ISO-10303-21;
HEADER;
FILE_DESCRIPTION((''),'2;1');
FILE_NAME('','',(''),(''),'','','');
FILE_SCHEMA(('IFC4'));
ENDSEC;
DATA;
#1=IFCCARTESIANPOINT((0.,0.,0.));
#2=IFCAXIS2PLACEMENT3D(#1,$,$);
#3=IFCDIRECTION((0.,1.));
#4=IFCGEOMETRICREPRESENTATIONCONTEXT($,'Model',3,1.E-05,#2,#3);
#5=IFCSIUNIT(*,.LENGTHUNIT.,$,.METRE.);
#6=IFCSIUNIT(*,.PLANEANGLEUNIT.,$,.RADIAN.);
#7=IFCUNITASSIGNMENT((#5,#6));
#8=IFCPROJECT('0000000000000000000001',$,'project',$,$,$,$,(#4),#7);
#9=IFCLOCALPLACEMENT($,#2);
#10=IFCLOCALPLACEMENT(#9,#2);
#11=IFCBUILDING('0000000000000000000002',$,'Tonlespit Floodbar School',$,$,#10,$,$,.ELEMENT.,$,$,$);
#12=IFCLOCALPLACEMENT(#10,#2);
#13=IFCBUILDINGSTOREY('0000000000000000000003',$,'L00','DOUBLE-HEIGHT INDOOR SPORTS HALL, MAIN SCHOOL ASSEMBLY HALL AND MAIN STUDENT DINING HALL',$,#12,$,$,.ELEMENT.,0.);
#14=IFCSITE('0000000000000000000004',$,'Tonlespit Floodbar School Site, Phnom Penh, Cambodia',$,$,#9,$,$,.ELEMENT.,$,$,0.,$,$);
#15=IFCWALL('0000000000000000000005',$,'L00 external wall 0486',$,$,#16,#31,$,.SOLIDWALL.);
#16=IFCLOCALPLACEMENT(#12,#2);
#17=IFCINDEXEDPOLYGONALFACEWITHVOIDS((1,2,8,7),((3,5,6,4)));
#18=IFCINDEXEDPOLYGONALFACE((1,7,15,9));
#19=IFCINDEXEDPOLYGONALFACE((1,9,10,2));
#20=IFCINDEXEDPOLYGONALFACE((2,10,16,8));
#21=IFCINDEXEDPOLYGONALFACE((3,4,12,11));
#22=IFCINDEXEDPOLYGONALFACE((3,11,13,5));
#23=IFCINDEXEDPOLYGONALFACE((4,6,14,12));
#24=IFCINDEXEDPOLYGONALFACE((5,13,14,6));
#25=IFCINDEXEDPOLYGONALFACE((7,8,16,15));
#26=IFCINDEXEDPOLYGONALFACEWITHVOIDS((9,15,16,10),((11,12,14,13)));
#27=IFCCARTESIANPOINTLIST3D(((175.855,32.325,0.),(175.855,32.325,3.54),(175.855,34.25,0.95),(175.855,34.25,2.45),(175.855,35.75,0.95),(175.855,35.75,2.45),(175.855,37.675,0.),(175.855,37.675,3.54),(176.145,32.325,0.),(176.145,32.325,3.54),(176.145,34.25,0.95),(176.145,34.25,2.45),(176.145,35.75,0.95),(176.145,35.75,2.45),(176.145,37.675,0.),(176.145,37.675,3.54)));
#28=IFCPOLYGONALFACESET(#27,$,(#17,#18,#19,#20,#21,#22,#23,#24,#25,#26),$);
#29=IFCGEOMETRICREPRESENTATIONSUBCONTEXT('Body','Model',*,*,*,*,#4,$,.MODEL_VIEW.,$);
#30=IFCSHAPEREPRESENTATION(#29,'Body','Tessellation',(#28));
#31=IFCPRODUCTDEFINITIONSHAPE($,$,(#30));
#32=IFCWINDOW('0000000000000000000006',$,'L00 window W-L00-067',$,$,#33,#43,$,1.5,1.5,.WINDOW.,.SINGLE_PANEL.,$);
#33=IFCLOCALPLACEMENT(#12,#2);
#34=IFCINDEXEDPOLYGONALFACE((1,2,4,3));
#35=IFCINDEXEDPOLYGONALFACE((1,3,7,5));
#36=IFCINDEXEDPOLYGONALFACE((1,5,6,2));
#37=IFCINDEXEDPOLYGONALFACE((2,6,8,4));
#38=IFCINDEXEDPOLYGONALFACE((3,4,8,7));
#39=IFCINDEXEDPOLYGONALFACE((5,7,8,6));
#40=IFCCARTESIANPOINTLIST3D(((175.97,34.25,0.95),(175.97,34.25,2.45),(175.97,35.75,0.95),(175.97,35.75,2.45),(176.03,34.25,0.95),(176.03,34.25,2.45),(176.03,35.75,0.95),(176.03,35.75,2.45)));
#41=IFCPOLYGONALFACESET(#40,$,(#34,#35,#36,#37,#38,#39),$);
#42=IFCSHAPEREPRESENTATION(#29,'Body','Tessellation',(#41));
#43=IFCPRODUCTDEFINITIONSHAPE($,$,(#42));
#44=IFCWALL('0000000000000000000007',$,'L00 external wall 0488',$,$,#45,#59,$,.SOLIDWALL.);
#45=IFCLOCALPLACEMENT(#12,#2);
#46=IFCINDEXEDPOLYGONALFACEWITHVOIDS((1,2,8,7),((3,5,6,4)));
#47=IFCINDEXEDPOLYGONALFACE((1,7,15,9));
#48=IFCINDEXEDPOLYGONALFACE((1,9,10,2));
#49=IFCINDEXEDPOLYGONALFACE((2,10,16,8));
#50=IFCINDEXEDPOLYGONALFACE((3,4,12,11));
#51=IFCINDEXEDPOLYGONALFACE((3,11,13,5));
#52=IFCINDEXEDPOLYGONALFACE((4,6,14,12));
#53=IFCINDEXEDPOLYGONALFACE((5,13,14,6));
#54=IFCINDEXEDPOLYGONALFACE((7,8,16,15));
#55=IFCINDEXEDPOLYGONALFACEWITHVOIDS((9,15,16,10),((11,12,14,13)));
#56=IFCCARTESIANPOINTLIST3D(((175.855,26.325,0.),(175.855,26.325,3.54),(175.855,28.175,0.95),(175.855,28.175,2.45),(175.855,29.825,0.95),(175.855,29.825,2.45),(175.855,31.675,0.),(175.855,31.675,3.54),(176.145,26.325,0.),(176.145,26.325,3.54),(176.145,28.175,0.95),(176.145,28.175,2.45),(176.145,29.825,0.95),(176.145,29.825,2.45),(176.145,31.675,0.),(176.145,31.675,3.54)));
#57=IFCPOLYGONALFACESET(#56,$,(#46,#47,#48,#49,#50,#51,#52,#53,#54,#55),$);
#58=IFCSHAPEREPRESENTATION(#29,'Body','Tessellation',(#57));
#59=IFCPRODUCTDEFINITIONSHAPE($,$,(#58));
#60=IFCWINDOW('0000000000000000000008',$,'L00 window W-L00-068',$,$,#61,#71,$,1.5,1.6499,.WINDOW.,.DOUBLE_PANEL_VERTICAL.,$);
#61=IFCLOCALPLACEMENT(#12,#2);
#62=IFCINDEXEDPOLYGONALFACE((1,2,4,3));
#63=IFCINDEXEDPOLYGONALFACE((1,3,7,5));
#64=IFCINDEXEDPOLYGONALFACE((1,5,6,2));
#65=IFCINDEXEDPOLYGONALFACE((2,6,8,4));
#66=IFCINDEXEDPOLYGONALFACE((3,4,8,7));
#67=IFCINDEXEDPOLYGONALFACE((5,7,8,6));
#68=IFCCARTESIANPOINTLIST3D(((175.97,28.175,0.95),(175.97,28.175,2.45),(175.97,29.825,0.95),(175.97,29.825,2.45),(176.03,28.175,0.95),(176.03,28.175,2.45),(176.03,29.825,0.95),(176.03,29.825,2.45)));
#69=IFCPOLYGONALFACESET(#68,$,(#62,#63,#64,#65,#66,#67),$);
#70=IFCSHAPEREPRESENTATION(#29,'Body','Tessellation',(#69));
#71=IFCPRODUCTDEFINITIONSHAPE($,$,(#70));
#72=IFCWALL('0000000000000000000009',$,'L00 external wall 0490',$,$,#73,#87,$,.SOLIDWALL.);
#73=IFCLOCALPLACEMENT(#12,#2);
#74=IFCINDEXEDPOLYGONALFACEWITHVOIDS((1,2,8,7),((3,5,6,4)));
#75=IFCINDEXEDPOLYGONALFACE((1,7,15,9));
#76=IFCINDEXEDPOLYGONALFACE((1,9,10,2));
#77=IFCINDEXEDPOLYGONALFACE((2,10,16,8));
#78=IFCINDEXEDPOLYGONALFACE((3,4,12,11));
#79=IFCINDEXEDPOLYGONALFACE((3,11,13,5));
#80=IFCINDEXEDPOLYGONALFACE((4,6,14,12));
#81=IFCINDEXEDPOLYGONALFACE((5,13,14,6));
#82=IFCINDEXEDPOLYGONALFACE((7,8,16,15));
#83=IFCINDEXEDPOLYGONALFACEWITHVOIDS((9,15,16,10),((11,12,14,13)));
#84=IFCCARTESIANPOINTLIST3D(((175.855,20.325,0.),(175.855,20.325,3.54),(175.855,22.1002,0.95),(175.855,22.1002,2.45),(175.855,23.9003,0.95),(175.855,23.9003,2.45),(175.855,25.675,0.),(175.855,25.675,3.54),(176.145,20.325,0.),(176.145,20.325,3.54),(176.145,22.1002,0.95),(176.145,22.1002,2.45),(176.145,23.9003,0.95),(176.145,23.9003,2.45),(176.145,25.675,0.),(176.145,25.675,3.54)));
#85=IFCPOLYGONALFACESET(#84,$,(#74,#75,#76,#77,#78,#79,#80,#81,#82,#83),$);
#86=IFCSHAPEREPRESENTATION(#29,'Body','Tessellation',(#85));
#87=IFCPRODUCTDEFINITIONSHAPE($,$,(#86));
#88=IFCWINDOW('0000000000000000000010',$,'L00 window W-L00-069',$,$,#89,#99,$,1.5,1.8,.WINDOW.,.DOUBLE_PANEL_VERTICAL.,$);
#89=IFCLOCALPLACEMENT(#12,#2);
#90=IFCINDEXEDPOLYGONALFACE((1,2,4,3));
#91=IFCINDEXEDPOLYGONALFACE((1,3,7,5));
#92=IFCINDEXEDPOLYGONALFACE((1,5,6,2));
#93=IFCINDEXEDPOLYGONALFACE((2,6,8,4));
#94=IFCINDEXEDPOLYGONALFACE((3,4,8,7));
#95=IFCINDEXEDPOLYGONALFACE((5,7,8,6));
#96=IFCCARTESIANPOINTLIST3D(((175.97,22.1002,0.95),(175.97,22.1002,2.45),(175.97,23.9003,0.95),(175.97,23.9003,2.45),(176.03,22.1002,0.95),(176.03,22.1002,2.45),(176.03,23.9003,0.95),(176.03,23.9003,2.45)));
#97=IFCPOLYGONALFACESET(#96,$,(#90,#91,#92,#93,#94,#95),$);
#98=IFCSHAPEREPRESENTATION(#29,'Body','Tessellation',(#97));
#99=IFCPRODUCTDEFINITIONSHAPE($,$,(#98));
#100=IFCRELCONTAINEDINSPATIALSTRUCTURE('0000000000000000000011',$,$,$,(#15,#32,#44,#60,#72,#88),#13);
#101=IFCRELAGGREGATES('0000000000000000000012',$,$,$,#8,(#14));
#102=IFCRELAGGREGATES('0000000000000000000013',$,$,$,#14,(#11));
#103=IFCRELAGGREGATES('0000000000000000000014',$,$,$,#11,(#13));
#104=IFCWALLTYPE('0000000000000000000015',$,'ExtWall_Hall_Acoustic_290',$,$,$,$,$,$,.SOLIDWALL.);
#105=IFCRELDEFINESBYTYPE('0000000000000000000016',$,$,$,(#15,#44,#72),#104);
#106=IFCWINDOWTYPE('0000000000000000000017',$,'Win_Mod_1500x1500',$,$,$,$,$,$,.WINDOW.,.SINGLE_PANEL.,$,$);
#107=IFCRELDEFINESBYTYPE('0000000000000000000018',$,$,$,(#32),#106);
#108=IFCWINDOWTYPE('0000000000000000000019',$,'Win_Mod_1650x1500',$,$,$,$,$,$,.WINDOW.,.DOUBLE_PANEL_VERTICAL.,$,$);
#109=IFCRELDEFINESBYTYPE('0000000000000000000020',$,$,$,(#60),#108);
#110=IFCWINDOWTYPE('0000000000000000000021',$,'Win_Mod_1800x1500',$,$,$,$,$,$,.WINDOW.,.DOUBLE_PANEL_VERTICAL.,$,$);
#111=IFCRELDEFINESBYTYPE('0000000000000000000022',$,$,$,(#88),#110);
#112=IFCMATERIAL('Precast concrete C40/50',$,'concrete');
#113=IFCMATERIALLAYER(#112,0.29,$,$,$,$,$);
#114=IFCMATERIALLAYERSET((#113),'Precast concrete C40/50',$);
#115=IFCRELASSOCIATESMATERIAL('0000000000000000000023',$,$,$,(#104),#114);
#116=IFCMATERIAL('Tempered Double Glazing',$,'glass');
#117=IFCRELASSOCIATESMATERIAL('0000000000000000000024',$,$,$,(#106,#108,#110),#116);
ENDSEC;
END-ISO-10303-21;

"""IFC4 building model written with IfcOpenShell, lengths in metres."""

from ifc_helpers import new_model, si_unit, direction, frame, frame_2d, origin, place, context, subcontext, project, spatial, rectangle, extrude, material, layer, layer_set, type_object, element, fill, save


model = new_model("IFC4")

# Units and contexts
model_context = context("Model", 3, precision=1e-05, world=origin(), true_north=direction((0.0, 1.0)))
body_context = subcontext(model_context, "Body", "Model", "MODEL_VIEW")
ifc_project = project(units=[si_unit("LENGTHUNIT", "METRE"), si_unit("PLANEANGLEUNIT", "RADIAN")], contexts=[model_context])

# Site, building, storey
site_placement = place(None, origin())
site = spatial("IfcSite", under=ifc_project, at=site_placement, Name="Tonlespit Floodbar School Site, Phnom Penh, Cambodia", CompositionType="ELEMENT", RefElevation=0.0)
building_placement = place(site_placement, origin())
building = spatial("IfcBuilding", under=site, at=building_placement, Name="Tonlespit Floodbar School", CompositionType="ELEMENT")
storey_placement = place(building_placement, origin())
storey = spatial("IfcBuildingStorey", under=building, at=storey_placement, Name="L00", Description="DOUBLE-HEIGHT INDOOR SPORTS HALL, MAIN SCHOOL ASSEMBLY HALL AND MAIN STUDENT DINING HALL", CompositionType="ELEMENT", Elevation=0.0)

# Walls, openings, windows
ifc_material_1 = material(Name="Precast concrete C40/50", Category="concrete")
ifc_layer_1 = layer(ifc_material_1, 0.29)
ifc_layer_set_1 = layer_set([ifc_layer_1], Name="Precast concrete C40/50")
wall_type = type_object("IfcWallType", Name="ExtWall_Hall_Acoustic_290", PredefinedType="SOLIDWALL", material=ifc_layer_set_1)
wall_1_placement = place(storey_placement, frame((176.0, 37.675, 0.0), z_axis=(0.0, 0.0, 1.0), x_axis=(0.0, -1.0, 0.0)))
wall_1 = element("IfcWall", 1, at=wall_1_placement, inside=storey, type_object=wall_type, Name="L00 external wall 0486", PredefinedType="SOLIDWALL", context=body_context, shape_type="SweptSolid", body=[
    extrude(rectangle(XDim=5.3501, YDim=0.29, at=frame_2d((2.675, 0.0))), origin(), (0.0, 0.0, 1.0), 3.54),
])
opening_1_placement = place(wall_1_placement, frame((1.925, 0.0, 0.95)))
opening_1 = element("IfcOpeningElement", 2, at=opening_1_placement, cuts=wall_1, PredefinedType="OPENING", context=body_context, shape_type="SweptSolid", body=[
    extrude(rectangle(XDim=1.5, YDim=1.5, at=frame_2d((0.75, 0.75))), frame((0.0, 0.155, 0.0), z_axis=(0.0, -1.0, 0.0), x_axis=(1.0, 0.0, 0.0)), (0.0, 0.0, 1.0), 0.3101),
])
ifc_material_2 = material(Name="Tempered Double Glazing", Category="glass")
window_type_1 = type_object("IfcWindowType", Name="Win_Mod_1500x1500", PartitioningType="SINGLE_PANEL", PredefinedType="WINDOW", material=ifc_material_2)
window_1_placement = place(opening_1_placement, origin())
window_1 = element("IfcWindow", 3, at=window_1_placement, inside=storey, type_object=window_type_1, Name="L00 window W-L00-067", OverallHeight=1.5, OverallWidth=1.5, PartitioningType="SINGLE_PANEL", PredefinedType="WINDOW", context=body_context, shape_type="SweptSolid", body=[
    extrude(rectangle(XDim=1.5, YDim=1.5, at=frame_2d((0.75, 0.75))), frame((0.0, 0.03, 0.0), z_axis=(0.0, -1.0, 0.0), x_axis=(1.0, 0.0, 0.0)), (0.0, 0.0, 1.0), 0.0601),
])
fill(opening_1, window_1)
wall_2_placement = place(storey_placement, frame((176.0, 31.675, 0.0), z_axis=(0.0, 0.0, 1.0), x_axis=(0.0, -1.0, 0.0)))
wall_2 = element("IfcWall", 4, at=wall_2_placement, inside=storey, type_object=wall_type, Name="L00 external wall 0488", PredefinedType="SOLIDWALL", context=body_context, shape_type="SweptSolid", body=[
    extrude(rectangle(XDim=5.3501, YDim=0.29, at=frame_2d((2.675, 0.0))), origin(), (0.0, 0.0, 1.0), 3.54),
])
opening_2_placement = place(wall_2_placement, frame((1.8501, 0.0, 0.95)))
opening_2 = element("IfcOpeningElement", 5, at=opening_2_placement, cuts=wall_2, PredefinedType="OPENING", context=body_context, shape_type="SweptSolid", body=[
    extrude(rectangle(XDim=1.6499, YDim=1.5, at=frame_2d((0.825, 0.75))), frame((0.0, 0.155, 0.0), z_axis=(0.0, -1.0, 0.0), x_axis=(1.0, 0.0, 0.0)), (0.0, 0.0, 1.0), 0.3101),
])
window_type_2 = type_object("IfcWindowType", Name="Win_Mod_1650x1500", PartitioningType="DOUBLE_PANEL_VERTICAL", PredefinedType="WINDOW", material=ifc_material_2)
window_2_placement = place(opening_2_placement, origin())
window_2 = element("IfcWindow", 6, at=window_2_placement, inside=storey, type_object=window_type_2, Name="L00 window W-L00-068", OverallHeight=1.5, OverallWidth=1.6499, PartitioningType="DOUBLE_PANEL_VERTICAL", PredefinedType="WINDOW", context=body_context, shape_type="SweptSolid", body=[
    extrude(rectangle(XDim=1.6499, YDim=1.5, at=frame_2d((0.825, 0.75))), frame((0.0, 0.03, 0.0), z_axis=(0.0, -1.0, 0.0), x_axis=(1.0, 0.0, 0.0)), (0.0, 0.0, 1.0), 0.0601),
])
fill(opening_2, window_2)
wall_3_placement = place(storey_placement, frame((176.0, 25.675, 0.0), z_axis=(0.0, 0.0, 1.0), x_axis=(0.0, -1.0, 0.0)))
wall_3 = element("IfcWall", 7, at=wall_3_placement, inside=storey, type_object=wall_type, Name="L00 external wall 0490", PredefinedType="SOLIDWALL", context=body_context, shape_type="SweptSolid", body=[
    extrude(rectangle(XDim=5.3501, YDim=0.29, at=frame_2d((2.675, 0.0))), origin(), (0.0, 0.0, 1.0), 3.54),
])
opening_3_placement = place(wall_3_placement, frame((1.7749, 0.0, 0.95)))
opening_3 = element("IfcOpeningElement", 8, at=opening_3_placement, cuts=wall_3, PredefinedType="OPENING", context=body_context, shape_type="SweptSolid", body=[
    extrude(rectangle(XDim=1.8, YDim=1.5, at=frame_2d((0.8999, 0.75))), frame((0.0, 0.155, 0.0), z_axis=(0.0, -1.0, 0.0), x_axis=(1.0, 0.0, 0.0)), (0.0, 0.0, 1.0), 0.3101),
])
window_type_3 = type_object("IfcWindowType", Name="Win_Mod_1800x1500", PartitioningType="DOUBLE_PANEL_VERTICAL", PredefinedType="WINDOW", material=ifc_material_2)
window_3_placement = place(opening_3_placement, origin())
window_3 = element("IfcWindow", 9, at=window_3_placement, inside=storey, type_object=window_type_3, Name="L00 window W-L00-069", OverallHeight=1.5, OverallWidth=1.8, PartitioningType="DOUBLE_PANEL_VERTICAL", PredefinedType="WINDOW", context=body_context, shape_type="SweptSolid", body=[
    extrude(rectangle(XDim=1.8, YDim=1.5, at=frame_2d((0.8999, 0.75))), frame((0.0, 0.03, 0.0), z_axis=(0.0, -1.0, 0.0), x_axis=(1.0, 0.0, 0.0)), (0.0, 0.0, 1.0), 0.0601),
])
fill(opening_3, window_3)

save(model, "model.ifc")
